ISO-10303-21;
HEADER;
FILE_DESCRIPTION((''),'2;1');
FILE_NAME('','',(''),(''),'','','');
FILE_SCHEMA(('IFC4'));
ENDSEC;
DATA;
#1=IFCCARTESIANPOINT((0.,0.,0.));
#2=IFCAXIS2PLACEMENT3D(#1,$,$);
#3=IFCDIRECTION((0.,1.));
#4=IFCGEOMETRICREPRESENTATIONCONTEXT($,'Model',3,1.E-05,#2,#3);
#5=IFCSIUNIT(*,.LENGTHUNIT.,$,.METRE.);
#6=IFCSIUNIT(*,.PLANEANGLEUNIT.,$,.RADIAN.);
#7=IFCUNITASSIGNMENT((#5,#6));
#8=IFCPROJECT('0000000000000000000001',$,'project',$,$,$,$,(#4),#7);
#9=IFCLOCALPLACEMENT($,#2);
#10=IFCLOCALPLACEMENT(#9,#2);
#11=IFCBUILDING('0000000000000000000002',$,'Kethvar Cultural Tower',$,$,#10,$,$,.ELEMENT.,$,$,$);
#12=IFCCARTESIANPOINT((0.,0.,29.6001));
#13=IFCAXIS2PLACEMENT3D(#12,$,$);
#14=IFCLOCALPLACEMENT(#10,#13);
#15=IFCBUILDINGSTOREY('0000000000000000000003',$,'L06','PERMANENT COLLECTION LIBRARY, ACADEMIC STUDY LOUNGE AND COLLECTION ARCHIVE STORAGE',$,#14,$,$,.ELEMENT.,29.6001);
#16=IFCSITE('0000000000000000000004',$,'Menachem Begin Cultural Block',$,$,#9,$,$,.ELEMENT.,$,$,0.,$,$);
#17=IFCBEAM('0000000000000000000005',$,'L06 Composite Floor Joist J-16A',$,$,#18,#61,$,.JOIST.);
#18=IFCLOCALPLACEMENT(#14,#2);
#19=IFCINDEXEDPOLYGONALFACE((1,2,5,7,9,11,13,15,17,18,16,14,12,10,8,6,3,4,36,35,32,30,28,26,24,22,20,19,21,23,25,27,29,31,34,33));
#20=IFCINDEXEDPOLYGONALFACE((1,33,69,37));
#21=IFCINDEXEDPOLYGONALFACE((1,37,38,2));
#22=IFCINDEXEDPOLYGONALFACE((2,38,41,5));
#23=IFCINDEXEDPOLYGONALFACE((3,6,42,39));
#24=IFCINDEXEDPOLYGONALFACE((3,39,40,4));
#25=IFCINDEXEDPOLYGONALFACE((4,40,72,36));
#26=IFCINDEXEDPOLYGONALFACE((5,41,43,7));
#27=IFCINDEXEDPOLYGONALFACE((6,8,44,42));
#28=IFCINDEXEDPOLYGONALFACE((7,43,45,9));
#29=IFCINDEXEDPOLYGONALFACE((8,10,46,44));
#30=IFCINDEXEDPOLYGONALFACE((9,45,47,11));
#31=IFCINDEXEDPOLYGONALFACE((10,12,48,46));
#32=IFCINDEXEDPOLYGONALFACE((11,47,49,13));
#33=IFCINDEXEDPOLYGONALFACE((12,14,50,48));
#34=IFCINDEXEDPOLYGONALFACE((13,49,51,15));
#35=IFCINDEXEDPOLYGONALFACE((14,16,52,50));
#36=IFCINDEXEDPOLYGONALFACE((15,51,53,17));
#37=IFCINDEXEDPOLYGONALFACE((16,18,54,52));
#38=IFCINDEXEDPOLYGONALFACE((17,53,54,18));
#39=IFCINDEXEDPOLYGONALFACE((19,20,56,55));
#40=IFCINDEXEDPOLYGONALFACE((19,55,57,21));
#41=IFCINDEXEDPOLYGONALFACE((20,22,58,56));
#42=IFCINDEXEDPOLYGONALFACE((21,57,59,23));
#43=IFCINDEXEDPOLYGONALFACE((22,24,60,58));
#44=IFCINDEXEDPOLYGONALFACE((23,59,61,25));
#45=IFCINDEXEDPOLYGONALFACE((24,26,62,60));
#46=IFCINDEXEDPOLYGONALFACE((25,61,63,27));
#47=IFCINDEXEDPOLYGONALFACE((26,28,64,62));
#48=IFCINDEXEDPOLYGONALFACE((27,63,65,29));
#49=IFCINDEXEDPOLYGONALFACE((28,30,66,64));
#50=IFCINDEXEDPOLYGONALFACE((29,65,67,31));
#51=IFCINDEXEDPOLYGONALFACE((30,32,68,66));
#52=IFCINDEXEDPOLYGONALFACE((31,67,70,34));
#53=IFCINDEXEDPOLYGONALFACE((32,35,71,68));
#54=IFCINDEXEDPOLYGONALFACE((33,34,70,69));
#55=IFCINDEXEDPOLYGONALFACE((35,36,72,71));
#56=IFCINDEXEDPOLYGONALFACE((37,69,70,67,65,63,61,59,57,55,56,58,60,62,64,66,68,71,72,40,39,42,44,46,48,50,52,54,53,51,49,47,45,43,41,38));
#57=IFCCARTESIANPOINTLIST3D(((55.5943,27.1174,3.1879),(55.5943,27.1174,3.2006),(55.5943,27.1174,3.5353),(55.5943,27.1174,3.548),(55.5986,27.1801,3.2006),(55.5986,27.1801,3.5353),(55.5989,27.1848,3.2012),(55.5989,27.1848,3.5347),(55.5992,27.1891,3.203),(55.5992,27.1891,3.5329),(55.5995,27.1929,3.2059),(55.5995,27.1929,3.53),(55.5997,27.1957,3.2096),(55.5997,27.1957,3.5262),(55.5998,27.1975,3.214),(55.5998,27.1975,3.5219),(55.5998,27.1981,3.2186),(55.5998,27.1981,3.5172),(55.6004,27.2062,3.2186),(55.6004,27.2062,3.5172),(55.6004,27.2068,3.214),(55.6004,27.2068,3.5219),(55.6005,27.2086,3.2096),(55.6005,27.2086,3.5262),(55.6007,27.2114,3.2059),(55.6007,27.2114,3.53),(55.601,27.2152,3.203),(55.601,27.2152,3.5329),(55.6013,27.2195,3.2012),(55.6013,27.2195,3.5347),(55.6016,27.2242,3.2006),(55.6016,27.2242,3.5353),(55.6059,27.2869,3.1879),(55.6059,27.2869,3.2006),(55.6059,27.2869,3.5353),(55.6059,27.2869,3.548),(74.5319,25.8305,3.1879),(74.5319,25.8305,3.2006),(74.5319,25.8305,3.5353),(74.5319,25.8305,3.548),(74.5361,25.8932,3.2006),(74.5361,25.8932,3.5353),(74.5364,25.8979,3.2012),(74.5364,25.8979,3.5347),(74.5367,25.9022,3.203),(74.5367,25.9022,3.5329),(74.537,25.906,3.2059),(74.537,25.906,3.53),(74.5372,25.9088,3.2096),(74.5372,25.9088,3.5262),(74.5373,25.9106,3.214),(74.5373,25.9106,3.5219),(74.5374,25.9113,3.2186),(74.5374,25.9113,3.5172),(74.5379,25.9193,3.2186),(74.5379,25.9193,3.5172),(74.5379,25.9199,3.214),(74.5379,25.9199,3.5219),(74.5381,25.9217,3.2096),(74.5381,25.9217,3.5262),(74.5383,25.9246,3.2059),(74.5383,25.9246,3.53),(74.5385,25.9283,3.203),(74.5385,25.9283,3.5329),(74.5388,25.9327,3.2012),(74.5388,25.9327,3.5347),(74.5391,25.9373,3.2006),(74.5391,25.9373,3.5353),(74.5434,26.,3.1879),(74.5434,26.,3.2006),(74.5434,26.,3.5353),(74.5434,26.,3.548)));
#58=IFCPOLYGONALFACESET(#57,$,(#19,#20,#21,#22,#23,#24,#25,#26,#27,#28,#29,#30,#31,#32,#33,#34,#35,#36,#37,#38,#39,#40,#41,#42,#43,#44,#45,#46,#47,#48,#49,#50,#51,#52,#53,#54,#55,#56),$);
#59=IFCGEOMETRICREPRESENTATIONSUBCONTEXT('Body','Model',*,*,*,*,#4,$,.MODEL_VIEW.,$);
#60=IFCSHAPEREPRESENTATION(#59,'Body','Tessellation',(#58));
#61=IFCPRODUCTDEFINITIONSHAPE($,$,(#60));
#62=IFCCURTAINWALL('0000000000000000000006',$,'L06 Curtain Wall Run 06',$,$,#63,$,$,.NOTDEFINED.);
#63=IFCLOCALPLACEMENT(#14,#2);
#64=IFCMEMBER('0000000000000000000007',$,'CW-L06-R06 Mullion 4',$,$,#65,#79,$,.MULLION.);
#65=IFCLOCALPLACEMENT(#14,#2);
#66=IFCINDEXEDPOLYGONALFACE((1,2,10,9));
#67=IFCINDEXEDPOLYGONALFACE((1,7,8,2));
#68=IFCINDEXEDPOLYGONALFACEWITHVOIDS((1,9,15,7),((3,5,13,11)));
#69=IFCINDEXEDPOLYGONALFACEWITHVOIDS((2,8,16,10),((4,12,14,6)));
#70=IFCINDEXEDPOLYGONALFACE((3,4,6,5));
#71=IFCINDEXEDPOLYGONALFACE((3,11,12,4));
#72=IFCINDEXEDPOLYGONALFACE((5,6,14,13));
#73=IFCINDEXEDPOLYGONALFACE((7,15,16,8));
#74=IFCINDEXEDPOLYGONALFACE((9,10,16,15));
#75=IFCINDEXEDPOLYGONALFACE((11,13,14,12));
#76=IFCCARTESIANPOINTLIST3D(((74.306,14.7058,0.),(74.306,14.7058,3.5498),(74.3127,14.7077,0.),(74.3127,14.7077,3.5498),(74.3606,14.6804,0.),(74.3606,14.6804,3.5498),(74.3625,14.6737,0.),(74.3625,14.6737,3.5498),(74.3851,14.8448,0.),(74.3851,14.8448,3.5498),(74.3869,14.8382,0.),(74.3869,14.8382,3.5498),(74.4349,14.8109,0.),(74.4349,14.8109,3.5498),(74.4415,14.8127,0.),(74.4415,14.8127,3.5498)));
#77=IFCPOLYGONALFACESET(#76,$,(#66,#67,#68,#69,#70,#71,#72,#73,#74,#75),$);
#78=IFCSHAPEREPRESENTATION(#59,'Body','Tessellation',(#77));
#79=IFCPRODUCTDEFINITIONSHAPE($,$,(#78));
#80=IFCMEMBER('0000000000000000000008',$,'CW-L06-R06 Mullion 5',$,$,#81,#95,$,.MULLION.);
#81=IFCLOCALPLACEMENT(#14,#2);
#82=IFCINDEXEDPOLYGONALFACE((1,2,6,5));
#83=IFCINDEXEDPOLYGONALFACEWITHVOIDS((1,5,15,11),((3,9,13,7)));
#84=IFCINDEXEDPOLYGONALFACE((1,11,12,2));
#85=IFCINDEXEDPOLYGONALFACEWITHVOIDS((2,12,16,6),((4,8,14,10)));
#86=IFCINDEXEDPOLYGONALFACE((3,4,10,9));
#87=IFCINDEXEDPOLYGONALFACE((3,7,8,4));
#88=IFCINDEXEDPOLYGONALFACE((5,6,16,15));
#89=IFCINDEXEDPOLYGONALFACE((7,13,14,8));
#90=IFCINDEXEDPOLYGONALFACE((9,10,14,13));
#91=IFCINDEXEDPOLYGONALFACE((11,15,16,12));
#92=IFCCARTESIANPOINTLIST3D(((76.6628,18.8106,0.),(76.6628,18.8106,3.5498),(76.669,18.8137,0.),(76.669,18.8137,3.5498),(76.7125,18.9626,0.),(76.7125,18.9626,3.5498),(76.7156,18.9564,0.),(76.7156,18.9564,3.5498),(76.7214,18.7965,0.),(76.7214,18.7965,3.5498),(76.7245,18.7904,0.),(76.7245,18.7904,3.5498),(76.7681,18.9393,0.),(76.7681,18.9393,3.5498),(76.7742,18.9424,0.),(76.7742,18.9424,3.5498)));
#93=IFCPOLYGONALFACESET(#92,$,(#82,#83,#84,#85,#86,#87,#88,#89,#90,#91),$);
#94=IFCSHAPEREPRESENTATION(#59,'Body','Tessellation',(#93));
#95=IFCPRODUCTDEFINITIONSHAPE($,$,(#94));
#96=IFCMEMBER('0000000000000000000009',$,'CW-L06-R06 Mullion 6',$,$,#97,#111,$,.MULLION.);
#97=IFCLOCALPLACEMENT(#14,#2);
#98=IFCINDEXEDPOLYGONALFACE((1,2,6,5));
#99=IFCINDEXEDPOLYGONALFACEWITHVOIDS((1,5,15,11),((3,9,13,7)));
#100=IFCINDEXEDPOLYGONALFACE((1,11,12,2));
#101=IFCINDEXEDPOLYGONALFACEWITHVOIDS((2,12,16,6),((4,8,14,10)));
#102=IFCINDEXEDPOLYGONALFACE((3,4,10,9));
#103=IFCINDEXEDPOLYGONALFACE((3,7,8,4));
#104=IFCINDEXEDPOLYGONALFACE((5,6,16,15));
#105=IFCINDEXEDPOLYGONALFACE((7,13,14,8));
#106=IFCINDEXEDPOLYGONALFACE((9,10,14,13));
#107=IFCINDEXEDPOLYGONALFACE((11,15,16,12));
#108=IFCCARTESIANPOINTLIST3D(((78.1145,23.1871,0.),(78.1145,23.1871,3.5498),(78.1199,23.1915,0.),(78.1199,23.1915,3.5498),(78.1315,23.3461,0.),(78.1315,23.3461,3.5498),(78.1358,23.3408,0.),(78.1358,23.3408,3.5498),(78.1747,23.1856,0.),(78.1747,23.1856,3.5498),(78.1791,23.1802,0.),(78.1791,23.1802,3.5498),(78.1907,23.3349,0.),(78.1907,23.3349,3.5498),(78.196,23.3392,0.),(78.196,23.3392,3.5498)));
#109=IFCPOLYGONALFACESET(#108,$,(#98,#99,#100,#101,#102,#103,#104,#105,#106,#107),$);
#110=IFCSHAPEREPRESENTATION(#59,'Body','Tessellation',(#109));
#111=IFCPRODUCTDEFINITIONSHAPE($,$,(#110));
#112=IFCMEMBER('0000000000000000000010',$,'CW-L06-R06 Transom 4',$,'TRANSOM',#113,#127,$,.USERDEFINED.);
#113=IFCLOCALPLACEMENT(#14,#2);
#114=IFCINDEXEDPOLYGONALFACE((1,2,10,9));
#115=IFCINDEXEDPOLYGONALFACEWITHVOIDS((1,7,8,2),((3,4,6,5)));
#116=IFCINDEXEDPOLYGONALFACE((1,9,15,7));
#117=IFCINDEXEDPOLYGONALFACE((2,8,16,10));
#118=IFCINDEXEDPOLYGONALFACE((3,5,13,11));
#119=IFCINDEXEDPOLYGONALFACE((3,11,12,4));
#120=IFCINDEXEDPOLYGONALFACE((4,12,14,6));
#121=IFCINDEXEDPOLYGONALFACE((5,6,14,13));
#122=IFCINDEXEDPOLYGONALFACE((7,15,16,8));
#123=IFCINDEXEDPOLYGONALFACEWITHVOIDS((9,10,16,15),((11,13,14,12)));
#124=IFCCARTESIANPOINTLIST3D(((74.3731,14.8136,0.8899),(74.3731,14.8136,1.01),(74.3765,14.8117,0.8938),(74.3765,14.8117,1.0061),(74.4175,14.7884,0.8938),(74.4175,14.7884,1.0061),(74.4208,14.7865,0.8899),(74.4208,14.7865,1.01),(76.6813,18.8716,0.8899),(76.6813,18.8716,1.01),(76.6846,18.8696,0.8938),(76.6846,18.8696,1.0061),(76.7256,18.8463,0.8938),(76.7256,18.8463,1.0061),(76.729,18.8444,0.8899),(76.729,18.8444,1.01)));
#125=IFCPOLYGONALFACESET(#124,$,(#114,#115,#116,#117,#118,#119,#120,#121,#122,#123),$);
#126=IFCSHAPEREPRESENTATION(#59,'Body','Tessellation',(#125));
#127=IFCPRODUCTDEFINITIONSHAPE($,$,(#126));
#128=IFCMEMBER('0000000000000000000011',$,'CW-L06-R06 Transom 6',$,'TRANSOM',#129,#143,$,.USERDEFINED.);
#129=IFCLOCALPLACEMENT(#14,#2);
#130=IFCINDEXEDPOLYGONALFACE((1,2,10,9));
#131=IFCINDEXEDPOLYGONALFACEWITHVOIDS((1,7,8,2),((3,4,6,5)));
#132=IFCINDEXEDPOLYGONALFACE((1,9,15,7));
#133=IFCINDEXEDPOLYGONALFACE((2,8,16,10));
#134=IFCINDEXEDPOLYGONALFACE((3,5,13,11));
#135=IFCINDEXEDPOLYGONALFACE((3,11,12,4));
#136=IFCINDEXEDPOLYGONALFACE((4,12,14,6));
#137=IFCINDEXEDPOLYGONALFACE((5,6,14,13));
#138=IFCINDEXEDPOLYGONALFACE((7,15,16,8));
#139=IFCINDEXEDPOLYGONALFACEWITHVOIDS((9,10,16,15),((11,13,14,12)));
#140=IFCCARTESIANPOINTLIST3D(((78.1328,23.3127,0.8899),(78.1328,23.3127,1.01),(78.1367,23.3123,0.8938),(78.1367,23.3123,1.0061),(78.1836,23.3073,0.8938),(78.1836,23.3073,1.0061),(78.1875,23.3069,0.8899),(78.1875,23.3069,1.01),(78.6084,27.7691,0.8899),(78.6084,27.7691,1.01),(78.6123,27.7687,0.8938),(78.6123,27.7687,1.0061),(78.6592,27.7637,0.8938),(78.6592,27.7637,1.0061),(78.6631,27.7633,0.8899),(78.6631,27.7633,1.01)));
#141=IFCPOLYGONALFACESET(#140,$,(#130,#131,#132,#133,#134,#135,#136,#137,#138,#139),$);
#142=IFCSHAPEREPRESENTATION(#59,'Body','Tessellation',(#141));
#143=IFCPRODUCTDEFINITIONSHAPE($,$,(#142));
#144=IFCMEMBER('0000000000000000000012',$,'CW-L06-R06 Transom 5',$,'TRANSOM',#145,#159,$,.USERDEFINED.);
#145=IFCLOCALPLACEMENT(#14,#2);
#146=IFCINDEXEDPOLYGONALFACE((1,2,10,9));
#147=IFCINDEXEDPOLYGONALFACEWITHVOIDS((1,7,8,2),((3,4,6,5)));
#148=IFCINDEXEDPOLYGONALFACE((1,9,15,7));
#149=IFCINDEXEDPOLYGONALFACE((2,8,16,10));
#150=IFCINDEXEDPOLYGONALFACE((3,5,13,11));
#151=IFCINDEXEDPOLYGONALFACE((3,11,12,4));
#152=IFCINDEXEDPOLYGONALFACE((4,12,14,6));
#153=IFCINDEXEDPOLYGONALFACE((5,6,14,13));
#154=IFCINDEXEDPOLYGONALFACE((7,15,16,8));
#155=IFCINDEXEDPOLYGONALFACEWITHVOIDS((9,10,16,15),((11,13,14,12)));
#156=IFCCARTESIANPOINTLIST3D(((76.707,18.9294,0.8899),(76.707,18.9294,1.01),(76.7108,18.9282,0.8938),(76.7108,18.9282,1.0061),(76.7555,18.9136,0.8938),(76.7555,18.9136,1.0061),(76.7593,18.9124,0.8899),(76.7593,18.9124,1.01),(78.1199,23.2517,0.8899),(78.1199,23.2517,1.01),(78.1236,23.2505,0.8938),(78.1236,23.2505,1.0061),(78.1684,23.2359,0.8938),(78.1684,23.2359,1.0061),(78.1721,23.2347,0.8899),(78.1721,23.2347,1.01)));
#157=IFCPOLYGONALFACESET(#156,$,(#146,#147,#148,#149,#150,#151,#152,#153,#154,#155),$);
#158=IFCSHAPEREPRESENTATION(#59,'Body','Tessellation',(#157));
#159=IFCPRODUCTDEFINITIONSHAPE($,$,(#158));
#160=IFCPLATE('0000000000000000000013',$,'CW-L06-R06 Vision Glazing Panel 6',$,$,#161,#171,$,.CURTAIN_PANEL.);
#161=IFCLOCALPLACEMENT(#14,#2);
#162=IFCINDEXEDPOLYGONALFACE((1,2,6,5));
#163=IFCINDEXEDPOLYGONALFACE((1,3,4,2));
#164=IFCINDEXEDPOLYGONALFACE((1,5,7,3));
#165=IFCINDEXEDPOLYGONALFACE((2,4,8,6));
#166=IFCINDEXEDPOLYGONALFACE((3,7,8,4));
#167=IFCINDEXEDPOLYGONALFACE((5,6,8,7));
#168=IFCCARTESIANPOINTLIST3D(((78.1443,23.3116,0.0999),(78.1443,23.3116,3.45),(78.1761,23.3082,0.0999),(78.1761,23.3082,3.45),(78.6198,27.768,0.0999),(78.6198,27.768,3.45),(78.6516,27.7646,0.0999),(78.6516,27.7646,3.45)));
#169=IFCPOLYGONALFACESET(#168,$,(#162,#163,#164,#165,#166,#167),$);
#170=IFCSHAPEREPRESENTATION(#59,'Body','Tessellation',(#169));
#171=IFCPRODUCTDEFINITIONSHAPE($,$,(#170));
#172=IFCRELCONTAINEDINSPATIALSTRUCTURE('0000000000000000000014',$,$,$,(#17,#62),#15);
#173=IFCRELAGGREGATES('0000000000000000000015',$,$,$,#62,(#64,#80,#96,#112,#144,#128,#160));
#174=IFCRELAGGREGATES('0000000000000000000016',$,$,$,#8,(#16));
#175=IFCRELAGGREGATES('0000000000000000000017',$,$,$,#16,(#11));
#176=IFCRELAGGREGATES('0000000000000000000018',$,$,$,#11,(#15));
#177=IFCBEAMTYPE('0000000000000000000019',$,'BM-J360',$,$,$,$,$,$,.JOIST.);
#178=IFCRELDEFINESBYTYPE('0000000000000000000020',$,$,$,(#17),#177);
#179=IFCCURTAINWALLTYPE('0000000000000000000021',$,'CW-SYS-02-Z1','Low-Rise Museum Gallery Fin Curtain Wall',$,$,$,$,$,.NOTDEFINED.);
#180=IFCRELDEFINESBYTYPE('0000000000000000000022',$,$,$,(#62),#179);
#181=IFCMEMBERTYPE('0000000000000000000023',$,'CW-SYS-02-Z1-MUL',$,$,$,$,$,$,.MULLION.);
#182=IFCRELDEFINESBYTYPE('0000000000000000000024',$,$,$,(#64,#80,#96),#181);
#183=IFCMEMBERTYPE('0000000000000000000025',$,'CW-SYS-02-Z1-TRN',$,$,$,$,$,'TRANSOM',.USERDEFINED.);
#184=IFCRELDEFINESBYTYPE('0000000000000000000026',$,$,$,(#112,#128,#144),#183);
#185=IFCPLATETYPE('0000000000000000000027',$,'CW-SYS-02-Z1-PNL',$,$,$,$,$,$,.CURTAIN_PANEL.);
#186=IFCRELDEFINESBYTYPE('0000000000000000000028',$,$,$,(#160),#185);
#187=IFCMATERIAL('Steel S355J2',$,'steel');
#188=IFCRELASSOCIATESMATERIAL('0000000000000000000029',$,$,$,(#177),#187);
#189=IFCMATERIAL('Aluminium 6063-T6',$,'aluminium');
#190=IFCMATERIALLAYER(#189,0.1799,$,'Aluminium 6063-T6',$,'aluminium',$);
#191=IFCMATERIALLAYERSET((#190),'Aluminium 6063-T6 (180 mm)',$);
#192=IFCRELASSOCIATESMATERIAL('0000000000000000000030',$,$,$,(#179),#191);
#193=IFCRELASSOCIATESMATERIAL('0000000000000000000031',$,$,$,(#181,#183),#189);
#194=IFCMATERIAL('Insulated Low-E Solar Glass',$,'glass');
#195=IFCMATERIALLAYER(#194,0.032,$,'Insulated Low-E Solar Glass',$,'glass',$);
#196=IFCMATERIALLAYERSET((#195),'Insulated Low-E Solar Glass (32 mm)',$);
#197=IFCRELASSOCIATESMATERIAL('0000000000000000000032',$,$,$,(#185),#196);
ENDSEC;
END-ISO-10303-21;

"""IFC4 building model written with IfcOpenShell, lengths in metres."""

from ifc_helpers import new_model, si_unit, direction, frame, origin, origin_2d, place, context, subcontext, project, spatial, rectangle, hollow_rectangle, i_section, extrude, source, transform, mapped, material, layer, layer_set, material_profile, profile_set, type_object, element, aggregate, save


model = new_model("IFC4")

# Units and contexts
model_context = context("Model", 3, precision=1e-05, world=origin(), true_north=direction((0.0, 1.0)))
body_context = subcontext(model_context, "Body", "Model", "MODEL_VIEW")
ifc_project = project(units=[si_unit("LENGTHUNIT", "METRE"), si_unit("PLANEANGLEUNIT", "RADIAN")], contexts=[model_context])

# Site, building, storey
site_placement = place(None, origin())
site = spatial("IfcSite", under=ifc_project, at=site_placement, Name="Menachem Begin Cultural Block", CompositionType="ELEMENT", RefElevation=0.0)
building_placement = place(site_placement, origin())
building = spatial("IfcBuilding", under=site, at=building_placement, Name="Kethvar Cultural Tower", CompositionType="ELEMENT")
storey_placement = place(building_placement, frame((0.0, 0.0, 29.6001)))
storey = spatial("IfcBuildingStorey", under=building, at=storey_placement, Name="L06", Description="PERMANENT COLLECTION LIBRARY, ACADEMIC STUDY LOUNGE AND COLLECTION ARCHIVE STORAGE", CompositionType="ELEMENT", Elevation=29.6001)

# Beam
ifc_material_1 = material(Name="Steel S355J2", Category="steel")
ifc_material_profile_1 = material_profile(ifc_material_1, i_section(OverallWidth=0.1699, OverallDepth=0.3601, WebThickness=0.0081, FlangeThickness=0.0127, FilletRadius=0.0181, at=origin_2d()), Name="Steel S355J2 — IPE360")
ifc_profile_set_1 = profile_set([ifc_material_profile_1], Name="Steel S355J2 — IPE360")
beam_type_1 = type_object("IfcBeamType", Name="BM-J360", PredefinedType="JOIST", material=ifc_profile_set_1)
shared_shape_1 = source(origin(), body_context, "Body", "SweptSolid", [
    extrude(i_section(OverallWidth=0.1699, OverallDepth=0.3601, WebThickness=0.0081, FlangeThickness=0.0127, FilletRadius=0.0181, at=origin_2d()), origin(), (0.0, 0.0, 1.0), 18.9812),
])
beam_1_placement = place(storey_placement, frame((55.6001, 27.2021, 3.3679), z_axis=(0.997699, -0.067797, 0.0), x_axis=(0.067797, 0.997699, 0.0)))
element("IfcBeam", 1, at=beam_1_placement, inside=storey, type_object=beam_type_1, Name="L06 Composite Floor Joist J-16A", PredefinedType="JOIST", context=body_context, shape_type="MappedRepresentation", body=[
    mapped(shared_shape_1, transform((0.0, 0.0, 0.0), scale=1.0)),
])

# Curtain wall, members, plate
ifc_material_2 = material(Name="Aluminium 6063-T6", Category="aluminium")
ifc_layer_1 = layer(ifc_material_2, 0.1799, Name="Aluminium 6063-T6", Category="aluminium")
ifc_layer_set_1 = layer_set([ifc_layer_1], Name="Aluminium 6063-T6 (180 mm)")
curtain_wall_type = type_object("IfcCurtainWallType", Name="CW-SYS-02-Z1", Description="Low-Rise Museum Gallery Fin Curtain Wall", PredefinedType="NOTDEFINED", material=ifc_layer_set_1)
curtain_wall_placement = place(storey_placement, origin())
curtain_wall = element("IfcCurtainWall", 2, at=curtain_wall_placement, inside=storey, type_object=curtain_wall_type, Name="L06 Curtain Wall Run 06", PredefinedType="NOTDEFINED")
ifc_material_profile_2 = material_profile(ifc_material_2, hollow_rectangle(XDim=0.0649, YDim=0.1599, WallThickness=0.0049, at=origin_2d()), Name="Aluminium 6063-T6 — RHS160x65x5")
ifc_profile_set_2 = profile_set([ifc_material_profile_2], Name="Aluminium 6063-T6 — RHS160x65x5")
member_type_1 = type_object("IfcMemberType", Name="CW-SYS-02-Z1-MUL", PredefinedType="MULLION", material=ifc_profile_set_2)
shared_shape_2 = source(origin(), body_context, "Body", "SweptSolid", [
    extrude(hollow_rectangle(XDim=0.0649, YDim=0.1599, WallThickness=0.0049, at=origin_2d()), origin(), (0.0, 0.0, 1.0), 3.5498),
])
member_1_placement = place(storey_placement, frame((74.3738, 14.7593, 0.0), z_axis=(0.0, 0.0, 1.0), x_axis=(-0.869219, 0.494427, 0.0)))
member_1 = element("IfcMember", 3, at=member_1_placement, type_object=member_type_1, Name="CW-L06-R06 Mullion 4", PredefinedType="MULLION", context=body_context, shape_type="MappedRepresentation", body=[
    mapped(shared_shape_2, transform((0.0, 0.0, 0.0), scale=1.0)),
])
member_2_placement = place(storey_placement, frame((76.7185, 18.8765, 0.0), z_axis=(0.0, 0.0, 1.0), x_axis=(-0.95051, 0.310693, 0.0)))
member_2 = element("IfcMember", 4, at=member_2_placement, type_object=member_type_1, Name="CW-L06-R06 Mullion 5", PredefinedType="MULLION", context=body_context, shape_type="MappedRepresentation", body=[
    mapped(shared_shape_2, transform((0.0, 0.0, 0.0), scale=1.0)),
])
member_3_placement = place(storey_placement, frame((78.1553, 23.2632, 0.0), z_axis=(0.0, 0.0, 1.0), x_axis=(-0.994355, 0.106108, 0.0)))
member_3 = element("IfcMember", 5, at=member_3_placement, type_object=member_type_1, Name="CW-L06-R06 Mullion 6", PredefinedType="MULLION", context=body_context, shape_type="MappedRepresentation", body=[
    mapped(shared_shape_2, transform((0.0, 0.0, 0.0), scale=1.0)),
])
ifc_material_profile_3 = material_profile(ifc_material_2, hollow_rectangle(XDim=0.0549, YDim=0.1201, WallThickness=0.0039, at=origin_2d()), Name="Aluminium 6063-T6 — RHS120x55x4")
ifc_profile_set_3 = profile_set([ifc_material_profile_3], Name="Aluminium 6063-T6 — RHS120x55x4")
member_type_2 = type_object("IfcMemberType", Name="CW-SYS-02-Z1-TRN", ElementType="TRANSOM", PredefinedType="USERDEFINED", material=ifc_profile_set_3)
shared_shape_3 = source(origin(), body_context, "Body", "SweptSolid", [
    extrude(hollow_rectangle(XDim=0.0549, YDim=0.1201, WallThickness=0.0039, at=origin_2d()), origin(), (0.0, 0.0, 1.0), 4.6685),
])
member_4_placement = place(storey_placement, frame((74.397, 14.8, 0.95), z_axis=(0.494415, 0.869226, 0.0), x_axis=(-0.869226, 0.494415, 0.0)))
member_4 = element("IfcMember", 6, at=member_4_placement, type_object=member_type_2, Name="CW-L06-R06 Transom 4", ObjectType="TRANSOM", PredefinedType="USERDEFINED", context=body_context, shape_type="MappedRepresentation", body=[
    mapped(shared_shape_3, transform((0.0, 0.0, 0.0), scale=1.0)),
])
shared_shape_4 = source(origin(), body_context, "Body", "SweptSolid", [
    extrude(hollow_rectangle(XDim=0.0549, YDim=0.1201, WallThickness=0.0039, at=origin_2d()), origin(), (0.0, 0.0, 1.0), 4.4817),
])
member_5_placement = place(storey_placement, frame((78.1602, 23.3098, 0.95), z_axis=(0.10612, 0.994353, 0.0), x_axis=(-0.994353, 0.10612, 0.0)))
member_5 = element("IfcMember", 7, at=member_5_placement, type_object=member_type_2, Name="CW-L06-R06 Transom 6", ObjectType="TRANSOM", PredefinedType="USERDEFINED", context=body_context, shape_type="MappedRepresentation", body=[
    mapped(shared_shape_4, transform((0.0, 0.0, 0.0), scale=1.0)),
])
shared_shape_5 = source(origin(), body_context, "Body", "SweptSolid", [
    extrude(hollow_rectangle(XDim=0.0549, YDim=0.1201, WallThickness=0.0039, at=origin_2d()), origin(), (0.0, 0.0, 1.0), 4.5474),
])
member_6_placement = place(storey_placement, frame((76.7332, 18.9209, 0.95), z_axis=(0.310698, 0.950509, 0.0), x_axis=(-0.950509, 0.310698, 0.0)))
member_6 = element("IfcMember", 8, at=member_6_placement, type_object=member_type_2, Name="CW-L06-R06 Transom 5", ObjectType="TRANSOM", PredefinedType="USERDEFINED", context=body_context, shape_type="MappedRepresentation", body=[
    mapped(shared_shape_5, transform((0.0, 0.0, 0.0), scale=1.0)),
])
ifc_material_3 = material(Name="Insulated Low-E Solar Glass", Category="glass")
ifc_layer_2 = layer(ifc_material_3, 0.032, Name="Insulated Low-E Solar Glass", Category="glass")
ifc_layer_set_2 = layer_set([ifc_layer_2], Name="Insulated Low-E Solar Glass (32 mm)")
plate_type = type_object("IfcPlateType", Name="CW-SYS-02-Z1-PNL", PredefinedType="CURTAIN_PANEL", material=ifc_layer_set_2)
shared_shape_6 = source(origin(), body_context, "Body", "SweptSolid", [
    extrude(rectangle(XDim=4.4817, YDim=0.032, at=origin_2d()), origin(), (0.0, 0.0, 1.0), 3.3501),
])
plate_1_placement = place(storey_placement, frame((78.3979, 25.5381, 0.0999), z_axis=(0.0, 0.0, 1.0), x_axis=(0.106108, 0.994355, 0.0)))
plate_1 = element("IfcPlate", 9, at=plate_1_placement, type_object=plate_type, Name="CW-L06-R06 Vision Glazing Panel 6", PredefinedType="CURTAIN_PANEL", context=body_context, shape_type="MappedRepresentation", body=[
    mapped(shared_shape_6, transform((0.0, 0.0, 0.0), scale=1.0)),
])
aggregate(curtain_wall, [member_1, member_2, member_3, member_4, member_6, member_5, plate_1])

save(model, "model.ifc")
